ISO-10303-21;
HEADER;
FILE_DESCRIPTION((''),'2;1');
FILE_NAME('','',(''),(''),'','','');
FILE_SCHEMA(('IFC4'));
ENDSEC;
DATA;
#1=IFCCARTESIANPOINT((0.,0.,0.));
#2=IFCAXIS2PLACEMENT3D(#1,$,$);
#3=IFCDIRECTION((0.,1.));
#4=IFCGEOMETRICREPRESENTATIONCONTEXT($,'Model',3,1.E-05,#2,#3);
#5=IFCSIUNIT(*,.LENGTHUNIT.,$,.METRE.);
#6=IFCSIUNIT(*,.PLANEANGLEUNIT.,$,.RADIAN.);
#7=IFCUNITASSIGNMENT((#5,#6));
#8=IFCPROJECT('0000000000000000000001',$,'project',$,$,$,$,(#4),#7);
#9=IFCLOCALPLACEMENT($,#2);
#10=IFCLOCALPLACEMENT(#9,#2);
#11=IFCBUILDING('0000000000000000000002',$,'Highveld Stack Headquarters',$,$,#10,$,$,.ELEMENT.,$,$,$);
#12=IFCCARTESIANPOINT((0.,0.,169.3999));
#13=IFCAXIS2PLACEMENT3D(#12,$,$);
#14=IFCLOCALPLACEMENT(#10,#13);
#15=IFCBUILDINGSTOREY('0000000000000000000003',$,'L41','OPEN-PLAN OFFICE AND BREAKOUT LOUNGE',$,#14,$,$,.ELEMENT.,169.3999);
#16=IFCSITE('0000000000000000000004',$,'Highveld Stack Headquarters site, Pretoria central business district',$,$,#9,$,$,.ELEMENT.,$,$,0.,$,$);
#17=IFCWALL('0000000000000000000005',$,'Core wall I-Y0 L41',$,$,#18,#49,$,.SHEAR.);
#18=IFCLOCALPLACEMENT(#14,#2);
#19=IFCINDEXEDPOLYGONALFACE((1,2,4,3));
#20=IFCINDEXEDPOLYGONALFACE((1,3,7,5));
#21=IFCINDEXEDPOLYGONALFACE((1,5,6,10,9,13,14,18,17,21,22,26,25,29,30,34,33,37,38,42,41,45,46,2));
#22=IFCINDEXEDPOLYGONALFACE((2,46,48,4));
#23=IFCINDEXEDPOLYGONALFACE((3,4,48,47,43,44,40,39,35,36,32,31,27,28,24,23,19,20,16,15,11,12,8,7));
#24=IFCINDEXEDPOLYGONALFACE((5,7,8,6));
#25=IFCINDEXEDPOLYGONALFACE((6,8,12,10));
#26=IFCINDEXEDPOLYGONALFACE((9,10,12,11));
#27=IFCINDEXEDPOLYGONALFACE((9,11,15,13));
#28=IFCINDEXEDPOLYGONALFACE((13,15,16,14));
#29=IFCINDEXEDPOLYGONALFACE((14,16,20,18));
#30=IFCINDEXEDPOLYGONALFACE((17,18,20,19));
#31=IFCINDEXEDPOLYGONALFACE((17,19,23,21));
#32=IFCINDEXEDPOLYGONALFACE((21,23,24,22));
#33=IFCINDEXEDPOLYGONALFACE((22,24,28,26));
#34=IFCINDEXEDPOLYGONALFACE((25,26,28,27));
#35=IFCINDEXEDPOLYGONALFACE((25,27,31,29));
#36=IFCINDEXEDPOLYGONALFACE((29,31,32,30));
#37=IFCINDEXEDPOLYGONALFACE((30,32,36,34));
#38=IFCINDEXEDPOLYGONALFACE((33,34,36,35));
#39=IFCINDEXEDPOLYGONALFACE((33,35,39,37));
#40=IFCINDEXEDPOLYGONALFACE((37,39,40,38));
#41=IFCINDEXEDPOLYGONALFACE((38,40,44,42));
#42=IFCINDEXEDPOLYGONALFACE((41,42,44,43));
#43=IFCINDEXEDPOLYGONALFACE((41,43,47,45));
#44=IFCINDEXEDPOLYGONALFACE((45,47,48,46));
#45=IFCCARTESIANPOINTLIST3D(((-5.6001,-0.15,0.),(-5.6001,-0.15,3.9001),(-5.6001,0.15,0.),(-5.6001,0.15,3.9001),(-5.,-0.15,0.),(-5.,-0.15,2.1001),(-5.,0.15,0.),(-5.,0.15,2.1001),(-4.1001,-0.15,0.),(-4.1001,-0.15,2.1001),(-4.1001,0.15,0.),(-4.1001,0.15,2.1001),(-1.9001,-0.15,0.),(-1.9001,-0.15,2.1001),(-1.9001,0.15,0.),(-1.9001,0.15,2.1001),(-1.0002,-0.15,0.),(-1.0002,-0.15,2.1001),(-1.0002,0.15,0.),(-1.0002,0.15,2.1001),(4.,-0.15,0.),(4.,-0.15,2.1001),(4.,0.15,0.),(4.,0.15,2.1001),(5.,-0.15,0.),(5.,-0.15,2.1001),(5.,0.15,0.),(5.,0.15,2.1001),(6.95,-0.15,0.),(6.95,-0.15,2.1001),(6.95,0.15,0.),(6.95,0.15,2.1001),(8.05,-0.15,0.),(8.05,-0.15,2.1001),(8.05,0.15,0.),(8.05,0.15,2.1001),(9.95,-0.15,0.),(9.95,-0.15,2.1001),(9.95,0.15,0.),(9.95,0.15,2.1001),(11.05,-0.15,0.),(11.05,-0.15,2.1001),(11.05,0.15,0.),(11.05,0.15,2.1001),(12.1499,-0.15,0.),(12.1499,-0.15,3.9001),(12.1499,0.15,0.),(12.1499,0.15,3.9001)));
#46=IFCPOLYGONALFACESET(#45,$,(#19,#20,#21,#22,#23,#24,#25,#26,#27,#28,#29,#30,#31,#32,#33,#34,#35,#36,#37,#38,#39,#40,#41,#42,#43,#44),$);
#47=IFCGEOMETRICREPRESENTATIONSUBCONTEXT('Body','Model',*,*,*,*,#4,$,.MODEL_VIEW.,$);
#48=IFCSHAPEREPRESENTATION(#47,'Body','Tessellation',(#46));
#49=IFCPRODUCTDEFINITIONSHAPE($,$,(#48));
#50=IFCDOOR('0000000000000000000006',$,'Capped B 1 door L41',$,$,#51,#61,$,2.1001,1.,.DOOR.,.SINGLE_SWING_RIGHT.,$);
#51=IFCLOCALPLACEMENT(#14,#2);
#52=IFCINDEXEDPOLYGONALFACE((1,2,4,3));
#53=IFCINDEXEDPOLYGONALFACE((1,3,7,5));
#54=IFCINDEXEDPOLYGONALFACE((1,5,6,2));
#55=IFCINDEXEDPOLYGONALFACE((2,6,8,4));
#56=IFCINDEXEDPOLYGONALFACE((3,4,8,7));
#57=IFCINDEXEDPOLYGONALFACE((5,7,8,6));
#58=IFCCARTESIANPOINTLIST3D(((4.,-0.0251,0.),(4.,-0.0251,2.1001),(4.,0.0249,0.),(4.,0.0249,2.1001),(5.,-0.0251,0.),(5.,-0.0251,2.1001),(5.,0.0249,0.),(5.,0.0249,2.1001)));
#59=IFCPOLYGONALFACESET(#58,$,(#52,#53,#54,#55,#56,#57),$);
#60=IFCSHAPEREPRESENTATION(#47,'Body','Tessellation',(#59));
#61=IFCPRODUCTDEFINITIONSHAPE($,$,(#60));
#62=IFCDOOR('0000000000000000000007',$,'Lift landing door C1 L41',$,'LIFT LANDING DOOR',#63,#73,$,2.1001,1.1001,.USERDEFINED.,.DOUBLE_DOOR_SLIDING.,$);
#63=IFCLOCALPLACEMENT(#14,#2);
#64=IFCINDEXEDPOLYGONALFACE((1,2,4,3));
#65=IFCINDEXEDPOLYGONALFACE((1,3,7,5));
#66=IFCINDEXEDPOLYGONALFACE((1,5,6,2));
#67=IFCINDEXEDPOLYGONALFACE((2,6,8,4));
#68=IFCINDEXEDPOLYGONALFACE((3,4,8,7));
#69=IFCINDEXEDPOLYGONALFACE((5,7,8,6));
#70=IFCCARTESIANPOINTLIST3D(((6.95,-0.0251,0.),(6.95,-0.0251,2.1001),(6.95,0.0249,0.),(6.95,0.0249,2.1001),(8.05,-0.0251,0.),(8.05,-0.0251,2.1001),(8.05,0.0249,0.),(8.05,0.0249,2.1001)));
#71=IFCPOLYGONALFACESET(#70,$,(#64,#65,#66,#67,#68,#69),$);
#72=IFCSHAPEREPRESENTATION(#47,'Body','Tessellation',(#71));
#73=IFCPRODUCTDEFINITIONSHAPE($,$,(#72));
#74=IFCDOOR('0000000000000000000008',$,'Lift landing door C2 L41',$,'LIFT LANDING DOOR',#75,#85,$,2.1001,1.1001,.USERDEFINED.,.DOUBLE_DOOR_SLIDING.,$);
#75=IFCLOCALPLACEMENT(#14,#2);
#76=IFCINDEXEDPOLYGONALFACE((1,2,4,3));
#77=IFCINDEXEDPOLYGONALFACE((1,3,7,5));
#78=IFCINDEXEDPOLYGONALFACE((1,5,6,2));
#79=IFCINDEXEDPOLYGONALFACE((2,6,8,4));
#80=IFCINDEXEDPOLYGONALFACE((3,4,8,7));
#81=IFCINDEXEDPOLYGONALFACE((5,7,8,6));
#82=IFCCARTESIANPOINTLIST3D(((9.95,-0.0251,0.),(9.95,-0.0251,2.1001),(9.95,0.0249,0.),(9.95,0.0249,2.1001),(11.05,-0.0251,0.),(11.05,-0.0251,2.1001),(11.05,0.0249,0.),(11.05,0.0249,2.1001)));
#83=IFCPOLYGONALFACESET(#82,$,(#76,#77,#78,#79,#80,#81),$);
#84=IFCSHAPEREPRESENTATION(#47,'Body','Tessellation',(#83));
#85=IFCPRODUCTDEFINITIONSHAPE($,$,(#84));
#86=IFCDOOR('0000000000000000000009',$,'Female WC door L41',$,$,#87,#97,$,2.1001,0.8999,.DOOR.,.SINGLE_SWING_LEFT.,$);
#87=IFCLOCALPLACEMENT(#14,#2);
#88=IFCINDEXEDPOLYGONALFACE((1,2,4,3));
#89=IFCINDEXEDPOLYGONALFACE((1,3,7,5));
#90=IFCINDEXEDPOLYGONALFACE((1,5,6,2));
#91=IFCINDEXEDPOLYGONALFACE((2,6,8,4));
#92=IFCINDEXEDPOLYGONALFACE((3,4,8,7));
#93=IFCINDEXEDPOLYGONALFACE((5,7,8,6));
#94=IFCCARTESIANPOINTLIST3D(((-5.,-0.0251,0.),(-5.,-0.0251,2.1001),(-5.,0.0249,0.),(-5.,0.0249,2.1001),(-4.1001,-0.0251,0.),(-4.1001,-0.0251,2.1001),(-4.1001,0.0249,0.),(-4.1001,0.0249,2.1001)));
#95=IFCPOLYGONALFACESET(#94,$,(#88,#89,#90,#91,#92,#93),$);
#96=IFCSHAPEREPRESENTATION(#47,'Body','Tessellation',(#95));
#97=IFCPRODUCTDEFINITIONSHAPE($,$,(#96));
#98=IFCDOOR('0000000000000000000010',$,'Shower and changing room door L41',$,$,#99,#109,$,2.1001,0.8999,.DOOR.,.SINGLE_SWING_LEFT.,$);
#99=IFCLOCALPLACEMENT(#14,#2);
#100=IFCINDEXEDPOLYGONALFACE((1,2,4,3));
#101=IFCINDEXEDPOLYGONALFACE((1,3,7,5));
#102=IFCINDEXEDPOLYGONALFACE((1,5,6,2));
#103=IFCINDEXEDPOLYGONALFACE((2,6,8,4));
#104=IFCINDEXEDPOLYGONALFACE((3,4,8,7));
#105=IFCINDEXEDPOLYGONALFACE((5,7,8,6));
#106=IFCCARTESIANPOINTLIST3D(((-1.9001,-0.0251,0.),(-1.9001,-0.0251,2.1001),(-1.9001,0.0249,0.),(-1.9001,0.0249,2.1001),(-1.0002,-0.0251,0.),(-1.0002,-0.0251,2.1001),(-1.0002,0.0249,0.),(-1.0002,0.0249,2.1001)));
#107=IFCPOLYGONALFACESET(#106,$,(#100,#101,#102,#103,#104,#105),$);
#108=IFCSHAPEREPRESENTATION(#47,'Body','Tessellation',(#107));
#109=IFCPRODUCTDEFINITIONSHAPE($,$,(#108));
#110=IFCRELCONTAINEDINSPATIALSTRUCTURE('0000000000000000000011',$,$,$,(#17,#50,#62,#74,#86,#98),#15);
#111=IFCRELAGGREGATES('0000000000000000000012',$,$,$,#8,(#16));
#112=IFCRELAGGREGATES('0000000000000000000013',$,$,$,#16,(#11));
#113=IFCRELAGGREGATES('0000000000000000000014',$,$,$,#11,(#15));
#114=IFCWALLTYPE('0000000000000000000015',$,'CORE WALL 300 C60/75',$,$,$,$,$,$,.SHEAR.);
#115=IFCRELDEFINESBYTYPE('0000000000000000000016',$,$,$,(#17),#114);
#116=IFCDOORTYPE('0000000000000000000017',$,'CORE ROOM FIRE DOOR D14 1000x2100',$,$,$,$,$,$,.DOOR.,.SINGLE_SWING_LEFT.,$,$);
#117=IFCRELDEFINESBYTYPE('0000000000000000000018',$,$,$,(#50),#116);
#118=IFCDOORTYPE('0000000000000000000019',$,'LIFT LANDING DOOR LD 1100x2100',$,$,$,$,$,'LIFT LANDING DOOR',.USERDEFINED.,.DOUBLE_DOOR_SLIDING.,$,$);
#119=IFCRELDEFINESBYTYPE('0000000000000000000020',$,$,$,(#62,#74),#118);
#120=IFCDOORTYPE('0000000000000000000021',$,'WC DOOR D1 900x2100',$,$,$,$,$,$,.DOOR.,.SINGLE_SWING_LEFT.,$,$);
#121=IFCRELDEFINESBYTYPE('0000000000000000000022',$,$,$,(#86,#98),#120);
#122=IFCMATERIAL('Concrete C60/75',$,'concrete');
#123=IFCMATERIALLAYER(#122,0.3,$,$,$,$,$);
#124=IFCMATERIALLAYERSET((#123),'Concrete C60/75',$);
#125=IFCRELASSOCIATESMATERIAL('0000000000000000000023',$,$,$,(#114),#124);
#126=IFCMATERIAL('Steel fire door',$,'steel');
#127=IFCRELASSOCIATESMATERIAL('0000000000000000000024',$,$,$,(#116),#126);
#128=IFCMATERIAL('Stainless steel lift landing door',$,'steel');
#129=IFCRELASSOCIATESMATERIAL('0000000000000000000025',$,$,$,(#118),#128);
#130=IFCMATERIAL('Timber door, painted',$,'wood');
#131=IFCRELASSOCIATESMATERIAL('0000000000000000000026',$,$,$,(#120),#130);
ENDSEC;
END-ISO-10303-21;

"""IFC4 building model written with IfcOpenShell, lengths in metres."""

from ifc_helpers import new_model, si_unit, direction, frame, frame_2d, origin, place, context, subcontext, project, spatial, rectangle, extrude, material, layer, layer_set, type_object, element, fill, save


model = new_model("IFC4")

# Units and contexts
model_context = context("Model", 3, precision=1e-05, world=origin(), true_north=direction((0.0, 1.0)))
body_context = subcontext(model_context, "Body", "Model", "MODEL_VIEW")
ifc_project = project(units=[si_unit("LENGTHUNIT", "METRE"), si_unit("PLANEANGLEUNIT", "RADIAN")], contexts=[model_context])

# Site, building, storey
site_placement = place(None, origin())
site = spatial("IfcSite", under=ifc_project, at=site_placement, Name="Highveld Stack Headquarters site, Pretoria central business district", CompositionType="ELEMENT", RefElevation=0.0)
building_placement = place(site_placement, origin())
building = spatial("IfcBuilding", under=site, at=building_placement, Name="Highveld Stack Headquarters", CompositionType="ELEMENT")
storey_placement = place(building_placement, frame((0.0, 0.0, 169.3999)))
storey = spatial("IfcBuildingStorey", under=building, at=storey_placement, Name="L41", Description="OPEN-PLAN OFFICE AND BREAKOUT LOUNGE", CompositionType="ELEMENT", Elevation=169.3999)

# Wall, openings, doors
ifc_material_1 = material(Name="Concrete C60/75", Category="concrete")
ifc_layer_1 = layer(ifc_material_1, 0.3)
ifc_layer_set_1 = layer_set([ifc_layer_1], Name="Concrete C60/75")
wall_type = type_object("IfcWallType", Name="CORE WALL 300 C60/75", PredefinedType="SHEAR", material=ifc_layer_set_1)
wall_placement = place(storey_placement, frame((-5.6001, 0.0, 0.0), z_axis=(0.0, 0.0, 1.0), x_axis=(1.0, 0.0, 0.0)))
wall = element("IfcWall", 1, at=wall_placement, inside=storey, type_object=wall_type, Name="Core wall I-Y0 L41", PredefinedType="SHEAR", context=body_context, shape_type="SweptSolid", body=[
    extrude(rectangle(XDim=17.75, YDim=0.3, at=frame_2d((8.875, 0.0))), origin(), (0.0, 0.0, 1.0), 3.9001),
])
opening_1_placement = place(wall_placement, frame((0.6001, 0.0, 0.0)))
opening_1 = element("IfcOpeningElement", 2, at=opening_1_placement, cuts=wall, PredefinedType="OPENING", context=body_context, shape_type="SweptSolid", body=[
    extrude(rectangle(XDim=0.8999, YDim=2.1001, at=frame_2d((0.45, 1.05))), frame((0.0, 0.1599, 0.0), z_axis=(0.0, -1.0, 0.0), x_axis=(1.0, 0.0, 0.0)), (0.0, 0.0, 1.0), 0.3201),
])
opening_2_placement = place(wall_placement, frame((3.7, 0.0, 0.0)))
opening_2 = element("IfcOpeningElement", 3, at=opening_2_placement, cuts=wall, PredefinedType="OPENING", context=body_context, shape_type="SweptSolid", body=[
    extrude(rectangle(XDim=0.8999, YDim=2.1001, at=frame_2d((0.45, 1.05))), frame((0.0, 0.1599, 0.0), z_axis=(0.0, -1.0, 0.0), x_axis=(1.0, 0.0, 0.0)), (0.0, 0.0, 1.0), 0.3201),
])
opening_3_placement = place(wall_placement, frame((9.6001, 0.0, 0.0)))
opening_3 = element("IfcOpeningElement", 4, at=opening_3_placement, cuts=wall, PredefinedType="OPENING", context=body_context, shape_type="SweptSolid", body=[
    extrude(rectangle(XDim=1.0, YDim=2.1001, at=frame_2d((0.5, 1.05))), frame((0.0, 0.1599, 0.0), z_axis=(0.0, -1.0, 0.0), x_axis=(1.0, 0.0, 0.0)), (0.0, 0.0, 1.0), 0.3201),
])
opening_4_placement = place(wall_placement, frame((12.55, 0.0, 0.0)))
opening_4 = element("IfcOpeningElement", 5, at=opening_4_placement, cuts=wall, PredefinedType="OPENING", context=body_context, shape_type="SweptSolid", body=[
    extrude(rectangle(XDim=1.1001, YDim=2.1001, at=frame_2d((0.55, 1.05))), frame((0.0, 0.1599, 0.0), z_axis=(0.0, -1.0, 0.0), x_axis=(1.0, 0.0, 0.0)), (0.0, 0.0, 1.0), 0.3201),
])
opening_5_placement = place(wall_placement, frame((15.55, 0.0, 0.0)))
opening_5 = element("IfcOpeningElement", 6, at=opening_5_placement, cuts=wall, PredefinedType="OPENING", context=body_context, shape_type="SweptSolid", body=[
    extrude(rectangle(XDim=1.1001, YDim=2.1001, at=frame_2d((0.55, 1.05))), frame((0.0, 0.1599, 0.0), z_axis=(0.0, -1.0, 0.0), x_axis=(1.0, 0.0, 0.0)), (0.0, 0.0, 1.0), 0.3201),
])
ifc_material_2 = material(Name="Steel fire door", Category="steel")
door_type_1 = type_object("IfcDoorType", Name="CORE ROOM FIRE DOOR D14 1000x2100", OperationType="SINGLE_SWING_LEFT", PredefinedType="DOOR", material=ifc_material_2)
door_1_placement = place(opening_3_placement, origin())
door_1 = element("IfcDoor", 7, at=door_1_placement, inside=storey, type_object=door_type_1, Name="Capped B 1 door L41", OperationType="SINGLE_SWING_RIGHT", OverallHeight=2.1001, OverallWidth=1.0, PredefinedType="DOOR", context=body_context, shape_type="SweptSolid", body=[
    extrude(rectangle(XDim=1.0, YDim=2.1001, at=frame_2d((0.5, 1.05))), frame((0.0, 0.0249, 0.0), z_axis=(0.0, -1.0, 0.0), x_axis=(1.0, 0.0, 0.0)), (0.0, 0.0, 1.0), 0.05),
])
fill(opening_3, door_1)
ifc_material_3 = material(Name="Stainless steel lift landing door", Category="steel")
door_type_2 = type_object("IfcDoorType", Name="LIFT LANDING DOOR LD 1100x2100", ElementType="LIFT LANDING DOOR", OperationType="DOUBLE_DOOR_SLIDING", PredefinedType="USERDEFINED", material=ifc_material_3)
door_2_placement = place(opening_4_placement, origin())
door_2 = element("IfcDoor", 8, at=door_2_placement, inside=storey, type_object=door_type_2, Name="Lift landing door C1 L41", ObjectType="LIFT LANDING DOOR", OperationType="DOUBLE_DOOR_SLIDING", OverallHeight=2.1001, OverallWidth=1.1001, PredefinedType="USERDEFINED", context=body_context, shape_type="SweptSolid", body=[
    extrude(rectangle(XDim=1.1001, YDim=2.1001, at=frame_2d((0.55, 1.05))), frame((0.0, 0.0249, 0.0), z_axis=(0.0, -1.0, 0.0), x_axis=(1.0, 0.0, 0.0)), (0.0, 0.0, 1.0), 0.05),
])
fill(opening_4, door_2)
door_3_placement = place(opening_5_placement, origin())
door_3 = element("IfcDoor", 9, at=door_3_placement, inside=storey, type_object=door_type_2, Name="Lift landing door C2 L41", ObjectType="LIFT LANDING DOOR", OperationType="DOUBLE_DOOR_SLIDING", OverallHeight=2.1001, OverallWidth=1.1001, PredefinedType="USERDEFINED", context=body_context, shape_type="SweptSolid", body=[
    extrude(rectangle(XDim=1.1001, YDim=2.1001, at=frame_2d((0.55, 1.05))), frame((0.0, 0.0249, 0.0), z_axis=(0.0, -1.0, 0.0), x_axis=(1.0, 0.0, 0.0)), (0.0, 0.0, 1.0), 0.05),
])
fill(opening_5, door_3)
ifc_material_4 = material(Name="Timber door, painted", Category="wood")
door_type_3 = type_object("IfcDoorType", Name="WC DOOR D1 900x2100", OperationType="SINGLE_SWING_LEFT", PredefinedType="DOOR", material=ifc_material_4)
door_4_placement = place(opening_1_placement, origin())
door_4 = element("IfcDoor", 10, at=door_4_placement, inside=storey, type_object=door_type_3, Name="Female WC door L41", OperationType="SINGLE_SWING_LEFT", OverallHeight=2.1001, OverallWidth=0.8999, PredefinedType="DOOR", context=body_context, shape_type="SweptSolid", body=[
    extrude(rectangle(XDim=0.8999, YDim=2.1001, at=frame_2d((0.45, 1.05))), frame((0.0, 0.0249, 0.0), z_axis=(0.0, -1.0, 0.0), x_axis=(1.0, 0.0, 0.0)), (0.0, 0.0, 1.0), 0.05),
])
fill(opening_1, door_4)
door_5_placement = place(opening_2_placement, origin())
door_5 = element("IfcDoor", 11, at=door_5_placement, inside=storey, type_object=door_type_3, Name="Shower and changing room door L41", OperationType="SINGLE_SWING_LEFT", OverallHeight=2.1001, OverallWidth=0.8999, PredefinedType="DOOR", context=body_context, shape_type="SweptSolid", body=[
    extrude(rectangle(XDim=0.8999, YDim=2.1001, at=frame_2d((0.45, 1.05))), frame((0.0, 0.0249, 0.0), z_axis=(0.0, -1.0, 0.0), x_axis=(1.0, 0.0, 0.0)), (0.0, 0.0, 1.0), 0.05),
])
fill(opening_2, door_5)

save(model, "model.ifc")
